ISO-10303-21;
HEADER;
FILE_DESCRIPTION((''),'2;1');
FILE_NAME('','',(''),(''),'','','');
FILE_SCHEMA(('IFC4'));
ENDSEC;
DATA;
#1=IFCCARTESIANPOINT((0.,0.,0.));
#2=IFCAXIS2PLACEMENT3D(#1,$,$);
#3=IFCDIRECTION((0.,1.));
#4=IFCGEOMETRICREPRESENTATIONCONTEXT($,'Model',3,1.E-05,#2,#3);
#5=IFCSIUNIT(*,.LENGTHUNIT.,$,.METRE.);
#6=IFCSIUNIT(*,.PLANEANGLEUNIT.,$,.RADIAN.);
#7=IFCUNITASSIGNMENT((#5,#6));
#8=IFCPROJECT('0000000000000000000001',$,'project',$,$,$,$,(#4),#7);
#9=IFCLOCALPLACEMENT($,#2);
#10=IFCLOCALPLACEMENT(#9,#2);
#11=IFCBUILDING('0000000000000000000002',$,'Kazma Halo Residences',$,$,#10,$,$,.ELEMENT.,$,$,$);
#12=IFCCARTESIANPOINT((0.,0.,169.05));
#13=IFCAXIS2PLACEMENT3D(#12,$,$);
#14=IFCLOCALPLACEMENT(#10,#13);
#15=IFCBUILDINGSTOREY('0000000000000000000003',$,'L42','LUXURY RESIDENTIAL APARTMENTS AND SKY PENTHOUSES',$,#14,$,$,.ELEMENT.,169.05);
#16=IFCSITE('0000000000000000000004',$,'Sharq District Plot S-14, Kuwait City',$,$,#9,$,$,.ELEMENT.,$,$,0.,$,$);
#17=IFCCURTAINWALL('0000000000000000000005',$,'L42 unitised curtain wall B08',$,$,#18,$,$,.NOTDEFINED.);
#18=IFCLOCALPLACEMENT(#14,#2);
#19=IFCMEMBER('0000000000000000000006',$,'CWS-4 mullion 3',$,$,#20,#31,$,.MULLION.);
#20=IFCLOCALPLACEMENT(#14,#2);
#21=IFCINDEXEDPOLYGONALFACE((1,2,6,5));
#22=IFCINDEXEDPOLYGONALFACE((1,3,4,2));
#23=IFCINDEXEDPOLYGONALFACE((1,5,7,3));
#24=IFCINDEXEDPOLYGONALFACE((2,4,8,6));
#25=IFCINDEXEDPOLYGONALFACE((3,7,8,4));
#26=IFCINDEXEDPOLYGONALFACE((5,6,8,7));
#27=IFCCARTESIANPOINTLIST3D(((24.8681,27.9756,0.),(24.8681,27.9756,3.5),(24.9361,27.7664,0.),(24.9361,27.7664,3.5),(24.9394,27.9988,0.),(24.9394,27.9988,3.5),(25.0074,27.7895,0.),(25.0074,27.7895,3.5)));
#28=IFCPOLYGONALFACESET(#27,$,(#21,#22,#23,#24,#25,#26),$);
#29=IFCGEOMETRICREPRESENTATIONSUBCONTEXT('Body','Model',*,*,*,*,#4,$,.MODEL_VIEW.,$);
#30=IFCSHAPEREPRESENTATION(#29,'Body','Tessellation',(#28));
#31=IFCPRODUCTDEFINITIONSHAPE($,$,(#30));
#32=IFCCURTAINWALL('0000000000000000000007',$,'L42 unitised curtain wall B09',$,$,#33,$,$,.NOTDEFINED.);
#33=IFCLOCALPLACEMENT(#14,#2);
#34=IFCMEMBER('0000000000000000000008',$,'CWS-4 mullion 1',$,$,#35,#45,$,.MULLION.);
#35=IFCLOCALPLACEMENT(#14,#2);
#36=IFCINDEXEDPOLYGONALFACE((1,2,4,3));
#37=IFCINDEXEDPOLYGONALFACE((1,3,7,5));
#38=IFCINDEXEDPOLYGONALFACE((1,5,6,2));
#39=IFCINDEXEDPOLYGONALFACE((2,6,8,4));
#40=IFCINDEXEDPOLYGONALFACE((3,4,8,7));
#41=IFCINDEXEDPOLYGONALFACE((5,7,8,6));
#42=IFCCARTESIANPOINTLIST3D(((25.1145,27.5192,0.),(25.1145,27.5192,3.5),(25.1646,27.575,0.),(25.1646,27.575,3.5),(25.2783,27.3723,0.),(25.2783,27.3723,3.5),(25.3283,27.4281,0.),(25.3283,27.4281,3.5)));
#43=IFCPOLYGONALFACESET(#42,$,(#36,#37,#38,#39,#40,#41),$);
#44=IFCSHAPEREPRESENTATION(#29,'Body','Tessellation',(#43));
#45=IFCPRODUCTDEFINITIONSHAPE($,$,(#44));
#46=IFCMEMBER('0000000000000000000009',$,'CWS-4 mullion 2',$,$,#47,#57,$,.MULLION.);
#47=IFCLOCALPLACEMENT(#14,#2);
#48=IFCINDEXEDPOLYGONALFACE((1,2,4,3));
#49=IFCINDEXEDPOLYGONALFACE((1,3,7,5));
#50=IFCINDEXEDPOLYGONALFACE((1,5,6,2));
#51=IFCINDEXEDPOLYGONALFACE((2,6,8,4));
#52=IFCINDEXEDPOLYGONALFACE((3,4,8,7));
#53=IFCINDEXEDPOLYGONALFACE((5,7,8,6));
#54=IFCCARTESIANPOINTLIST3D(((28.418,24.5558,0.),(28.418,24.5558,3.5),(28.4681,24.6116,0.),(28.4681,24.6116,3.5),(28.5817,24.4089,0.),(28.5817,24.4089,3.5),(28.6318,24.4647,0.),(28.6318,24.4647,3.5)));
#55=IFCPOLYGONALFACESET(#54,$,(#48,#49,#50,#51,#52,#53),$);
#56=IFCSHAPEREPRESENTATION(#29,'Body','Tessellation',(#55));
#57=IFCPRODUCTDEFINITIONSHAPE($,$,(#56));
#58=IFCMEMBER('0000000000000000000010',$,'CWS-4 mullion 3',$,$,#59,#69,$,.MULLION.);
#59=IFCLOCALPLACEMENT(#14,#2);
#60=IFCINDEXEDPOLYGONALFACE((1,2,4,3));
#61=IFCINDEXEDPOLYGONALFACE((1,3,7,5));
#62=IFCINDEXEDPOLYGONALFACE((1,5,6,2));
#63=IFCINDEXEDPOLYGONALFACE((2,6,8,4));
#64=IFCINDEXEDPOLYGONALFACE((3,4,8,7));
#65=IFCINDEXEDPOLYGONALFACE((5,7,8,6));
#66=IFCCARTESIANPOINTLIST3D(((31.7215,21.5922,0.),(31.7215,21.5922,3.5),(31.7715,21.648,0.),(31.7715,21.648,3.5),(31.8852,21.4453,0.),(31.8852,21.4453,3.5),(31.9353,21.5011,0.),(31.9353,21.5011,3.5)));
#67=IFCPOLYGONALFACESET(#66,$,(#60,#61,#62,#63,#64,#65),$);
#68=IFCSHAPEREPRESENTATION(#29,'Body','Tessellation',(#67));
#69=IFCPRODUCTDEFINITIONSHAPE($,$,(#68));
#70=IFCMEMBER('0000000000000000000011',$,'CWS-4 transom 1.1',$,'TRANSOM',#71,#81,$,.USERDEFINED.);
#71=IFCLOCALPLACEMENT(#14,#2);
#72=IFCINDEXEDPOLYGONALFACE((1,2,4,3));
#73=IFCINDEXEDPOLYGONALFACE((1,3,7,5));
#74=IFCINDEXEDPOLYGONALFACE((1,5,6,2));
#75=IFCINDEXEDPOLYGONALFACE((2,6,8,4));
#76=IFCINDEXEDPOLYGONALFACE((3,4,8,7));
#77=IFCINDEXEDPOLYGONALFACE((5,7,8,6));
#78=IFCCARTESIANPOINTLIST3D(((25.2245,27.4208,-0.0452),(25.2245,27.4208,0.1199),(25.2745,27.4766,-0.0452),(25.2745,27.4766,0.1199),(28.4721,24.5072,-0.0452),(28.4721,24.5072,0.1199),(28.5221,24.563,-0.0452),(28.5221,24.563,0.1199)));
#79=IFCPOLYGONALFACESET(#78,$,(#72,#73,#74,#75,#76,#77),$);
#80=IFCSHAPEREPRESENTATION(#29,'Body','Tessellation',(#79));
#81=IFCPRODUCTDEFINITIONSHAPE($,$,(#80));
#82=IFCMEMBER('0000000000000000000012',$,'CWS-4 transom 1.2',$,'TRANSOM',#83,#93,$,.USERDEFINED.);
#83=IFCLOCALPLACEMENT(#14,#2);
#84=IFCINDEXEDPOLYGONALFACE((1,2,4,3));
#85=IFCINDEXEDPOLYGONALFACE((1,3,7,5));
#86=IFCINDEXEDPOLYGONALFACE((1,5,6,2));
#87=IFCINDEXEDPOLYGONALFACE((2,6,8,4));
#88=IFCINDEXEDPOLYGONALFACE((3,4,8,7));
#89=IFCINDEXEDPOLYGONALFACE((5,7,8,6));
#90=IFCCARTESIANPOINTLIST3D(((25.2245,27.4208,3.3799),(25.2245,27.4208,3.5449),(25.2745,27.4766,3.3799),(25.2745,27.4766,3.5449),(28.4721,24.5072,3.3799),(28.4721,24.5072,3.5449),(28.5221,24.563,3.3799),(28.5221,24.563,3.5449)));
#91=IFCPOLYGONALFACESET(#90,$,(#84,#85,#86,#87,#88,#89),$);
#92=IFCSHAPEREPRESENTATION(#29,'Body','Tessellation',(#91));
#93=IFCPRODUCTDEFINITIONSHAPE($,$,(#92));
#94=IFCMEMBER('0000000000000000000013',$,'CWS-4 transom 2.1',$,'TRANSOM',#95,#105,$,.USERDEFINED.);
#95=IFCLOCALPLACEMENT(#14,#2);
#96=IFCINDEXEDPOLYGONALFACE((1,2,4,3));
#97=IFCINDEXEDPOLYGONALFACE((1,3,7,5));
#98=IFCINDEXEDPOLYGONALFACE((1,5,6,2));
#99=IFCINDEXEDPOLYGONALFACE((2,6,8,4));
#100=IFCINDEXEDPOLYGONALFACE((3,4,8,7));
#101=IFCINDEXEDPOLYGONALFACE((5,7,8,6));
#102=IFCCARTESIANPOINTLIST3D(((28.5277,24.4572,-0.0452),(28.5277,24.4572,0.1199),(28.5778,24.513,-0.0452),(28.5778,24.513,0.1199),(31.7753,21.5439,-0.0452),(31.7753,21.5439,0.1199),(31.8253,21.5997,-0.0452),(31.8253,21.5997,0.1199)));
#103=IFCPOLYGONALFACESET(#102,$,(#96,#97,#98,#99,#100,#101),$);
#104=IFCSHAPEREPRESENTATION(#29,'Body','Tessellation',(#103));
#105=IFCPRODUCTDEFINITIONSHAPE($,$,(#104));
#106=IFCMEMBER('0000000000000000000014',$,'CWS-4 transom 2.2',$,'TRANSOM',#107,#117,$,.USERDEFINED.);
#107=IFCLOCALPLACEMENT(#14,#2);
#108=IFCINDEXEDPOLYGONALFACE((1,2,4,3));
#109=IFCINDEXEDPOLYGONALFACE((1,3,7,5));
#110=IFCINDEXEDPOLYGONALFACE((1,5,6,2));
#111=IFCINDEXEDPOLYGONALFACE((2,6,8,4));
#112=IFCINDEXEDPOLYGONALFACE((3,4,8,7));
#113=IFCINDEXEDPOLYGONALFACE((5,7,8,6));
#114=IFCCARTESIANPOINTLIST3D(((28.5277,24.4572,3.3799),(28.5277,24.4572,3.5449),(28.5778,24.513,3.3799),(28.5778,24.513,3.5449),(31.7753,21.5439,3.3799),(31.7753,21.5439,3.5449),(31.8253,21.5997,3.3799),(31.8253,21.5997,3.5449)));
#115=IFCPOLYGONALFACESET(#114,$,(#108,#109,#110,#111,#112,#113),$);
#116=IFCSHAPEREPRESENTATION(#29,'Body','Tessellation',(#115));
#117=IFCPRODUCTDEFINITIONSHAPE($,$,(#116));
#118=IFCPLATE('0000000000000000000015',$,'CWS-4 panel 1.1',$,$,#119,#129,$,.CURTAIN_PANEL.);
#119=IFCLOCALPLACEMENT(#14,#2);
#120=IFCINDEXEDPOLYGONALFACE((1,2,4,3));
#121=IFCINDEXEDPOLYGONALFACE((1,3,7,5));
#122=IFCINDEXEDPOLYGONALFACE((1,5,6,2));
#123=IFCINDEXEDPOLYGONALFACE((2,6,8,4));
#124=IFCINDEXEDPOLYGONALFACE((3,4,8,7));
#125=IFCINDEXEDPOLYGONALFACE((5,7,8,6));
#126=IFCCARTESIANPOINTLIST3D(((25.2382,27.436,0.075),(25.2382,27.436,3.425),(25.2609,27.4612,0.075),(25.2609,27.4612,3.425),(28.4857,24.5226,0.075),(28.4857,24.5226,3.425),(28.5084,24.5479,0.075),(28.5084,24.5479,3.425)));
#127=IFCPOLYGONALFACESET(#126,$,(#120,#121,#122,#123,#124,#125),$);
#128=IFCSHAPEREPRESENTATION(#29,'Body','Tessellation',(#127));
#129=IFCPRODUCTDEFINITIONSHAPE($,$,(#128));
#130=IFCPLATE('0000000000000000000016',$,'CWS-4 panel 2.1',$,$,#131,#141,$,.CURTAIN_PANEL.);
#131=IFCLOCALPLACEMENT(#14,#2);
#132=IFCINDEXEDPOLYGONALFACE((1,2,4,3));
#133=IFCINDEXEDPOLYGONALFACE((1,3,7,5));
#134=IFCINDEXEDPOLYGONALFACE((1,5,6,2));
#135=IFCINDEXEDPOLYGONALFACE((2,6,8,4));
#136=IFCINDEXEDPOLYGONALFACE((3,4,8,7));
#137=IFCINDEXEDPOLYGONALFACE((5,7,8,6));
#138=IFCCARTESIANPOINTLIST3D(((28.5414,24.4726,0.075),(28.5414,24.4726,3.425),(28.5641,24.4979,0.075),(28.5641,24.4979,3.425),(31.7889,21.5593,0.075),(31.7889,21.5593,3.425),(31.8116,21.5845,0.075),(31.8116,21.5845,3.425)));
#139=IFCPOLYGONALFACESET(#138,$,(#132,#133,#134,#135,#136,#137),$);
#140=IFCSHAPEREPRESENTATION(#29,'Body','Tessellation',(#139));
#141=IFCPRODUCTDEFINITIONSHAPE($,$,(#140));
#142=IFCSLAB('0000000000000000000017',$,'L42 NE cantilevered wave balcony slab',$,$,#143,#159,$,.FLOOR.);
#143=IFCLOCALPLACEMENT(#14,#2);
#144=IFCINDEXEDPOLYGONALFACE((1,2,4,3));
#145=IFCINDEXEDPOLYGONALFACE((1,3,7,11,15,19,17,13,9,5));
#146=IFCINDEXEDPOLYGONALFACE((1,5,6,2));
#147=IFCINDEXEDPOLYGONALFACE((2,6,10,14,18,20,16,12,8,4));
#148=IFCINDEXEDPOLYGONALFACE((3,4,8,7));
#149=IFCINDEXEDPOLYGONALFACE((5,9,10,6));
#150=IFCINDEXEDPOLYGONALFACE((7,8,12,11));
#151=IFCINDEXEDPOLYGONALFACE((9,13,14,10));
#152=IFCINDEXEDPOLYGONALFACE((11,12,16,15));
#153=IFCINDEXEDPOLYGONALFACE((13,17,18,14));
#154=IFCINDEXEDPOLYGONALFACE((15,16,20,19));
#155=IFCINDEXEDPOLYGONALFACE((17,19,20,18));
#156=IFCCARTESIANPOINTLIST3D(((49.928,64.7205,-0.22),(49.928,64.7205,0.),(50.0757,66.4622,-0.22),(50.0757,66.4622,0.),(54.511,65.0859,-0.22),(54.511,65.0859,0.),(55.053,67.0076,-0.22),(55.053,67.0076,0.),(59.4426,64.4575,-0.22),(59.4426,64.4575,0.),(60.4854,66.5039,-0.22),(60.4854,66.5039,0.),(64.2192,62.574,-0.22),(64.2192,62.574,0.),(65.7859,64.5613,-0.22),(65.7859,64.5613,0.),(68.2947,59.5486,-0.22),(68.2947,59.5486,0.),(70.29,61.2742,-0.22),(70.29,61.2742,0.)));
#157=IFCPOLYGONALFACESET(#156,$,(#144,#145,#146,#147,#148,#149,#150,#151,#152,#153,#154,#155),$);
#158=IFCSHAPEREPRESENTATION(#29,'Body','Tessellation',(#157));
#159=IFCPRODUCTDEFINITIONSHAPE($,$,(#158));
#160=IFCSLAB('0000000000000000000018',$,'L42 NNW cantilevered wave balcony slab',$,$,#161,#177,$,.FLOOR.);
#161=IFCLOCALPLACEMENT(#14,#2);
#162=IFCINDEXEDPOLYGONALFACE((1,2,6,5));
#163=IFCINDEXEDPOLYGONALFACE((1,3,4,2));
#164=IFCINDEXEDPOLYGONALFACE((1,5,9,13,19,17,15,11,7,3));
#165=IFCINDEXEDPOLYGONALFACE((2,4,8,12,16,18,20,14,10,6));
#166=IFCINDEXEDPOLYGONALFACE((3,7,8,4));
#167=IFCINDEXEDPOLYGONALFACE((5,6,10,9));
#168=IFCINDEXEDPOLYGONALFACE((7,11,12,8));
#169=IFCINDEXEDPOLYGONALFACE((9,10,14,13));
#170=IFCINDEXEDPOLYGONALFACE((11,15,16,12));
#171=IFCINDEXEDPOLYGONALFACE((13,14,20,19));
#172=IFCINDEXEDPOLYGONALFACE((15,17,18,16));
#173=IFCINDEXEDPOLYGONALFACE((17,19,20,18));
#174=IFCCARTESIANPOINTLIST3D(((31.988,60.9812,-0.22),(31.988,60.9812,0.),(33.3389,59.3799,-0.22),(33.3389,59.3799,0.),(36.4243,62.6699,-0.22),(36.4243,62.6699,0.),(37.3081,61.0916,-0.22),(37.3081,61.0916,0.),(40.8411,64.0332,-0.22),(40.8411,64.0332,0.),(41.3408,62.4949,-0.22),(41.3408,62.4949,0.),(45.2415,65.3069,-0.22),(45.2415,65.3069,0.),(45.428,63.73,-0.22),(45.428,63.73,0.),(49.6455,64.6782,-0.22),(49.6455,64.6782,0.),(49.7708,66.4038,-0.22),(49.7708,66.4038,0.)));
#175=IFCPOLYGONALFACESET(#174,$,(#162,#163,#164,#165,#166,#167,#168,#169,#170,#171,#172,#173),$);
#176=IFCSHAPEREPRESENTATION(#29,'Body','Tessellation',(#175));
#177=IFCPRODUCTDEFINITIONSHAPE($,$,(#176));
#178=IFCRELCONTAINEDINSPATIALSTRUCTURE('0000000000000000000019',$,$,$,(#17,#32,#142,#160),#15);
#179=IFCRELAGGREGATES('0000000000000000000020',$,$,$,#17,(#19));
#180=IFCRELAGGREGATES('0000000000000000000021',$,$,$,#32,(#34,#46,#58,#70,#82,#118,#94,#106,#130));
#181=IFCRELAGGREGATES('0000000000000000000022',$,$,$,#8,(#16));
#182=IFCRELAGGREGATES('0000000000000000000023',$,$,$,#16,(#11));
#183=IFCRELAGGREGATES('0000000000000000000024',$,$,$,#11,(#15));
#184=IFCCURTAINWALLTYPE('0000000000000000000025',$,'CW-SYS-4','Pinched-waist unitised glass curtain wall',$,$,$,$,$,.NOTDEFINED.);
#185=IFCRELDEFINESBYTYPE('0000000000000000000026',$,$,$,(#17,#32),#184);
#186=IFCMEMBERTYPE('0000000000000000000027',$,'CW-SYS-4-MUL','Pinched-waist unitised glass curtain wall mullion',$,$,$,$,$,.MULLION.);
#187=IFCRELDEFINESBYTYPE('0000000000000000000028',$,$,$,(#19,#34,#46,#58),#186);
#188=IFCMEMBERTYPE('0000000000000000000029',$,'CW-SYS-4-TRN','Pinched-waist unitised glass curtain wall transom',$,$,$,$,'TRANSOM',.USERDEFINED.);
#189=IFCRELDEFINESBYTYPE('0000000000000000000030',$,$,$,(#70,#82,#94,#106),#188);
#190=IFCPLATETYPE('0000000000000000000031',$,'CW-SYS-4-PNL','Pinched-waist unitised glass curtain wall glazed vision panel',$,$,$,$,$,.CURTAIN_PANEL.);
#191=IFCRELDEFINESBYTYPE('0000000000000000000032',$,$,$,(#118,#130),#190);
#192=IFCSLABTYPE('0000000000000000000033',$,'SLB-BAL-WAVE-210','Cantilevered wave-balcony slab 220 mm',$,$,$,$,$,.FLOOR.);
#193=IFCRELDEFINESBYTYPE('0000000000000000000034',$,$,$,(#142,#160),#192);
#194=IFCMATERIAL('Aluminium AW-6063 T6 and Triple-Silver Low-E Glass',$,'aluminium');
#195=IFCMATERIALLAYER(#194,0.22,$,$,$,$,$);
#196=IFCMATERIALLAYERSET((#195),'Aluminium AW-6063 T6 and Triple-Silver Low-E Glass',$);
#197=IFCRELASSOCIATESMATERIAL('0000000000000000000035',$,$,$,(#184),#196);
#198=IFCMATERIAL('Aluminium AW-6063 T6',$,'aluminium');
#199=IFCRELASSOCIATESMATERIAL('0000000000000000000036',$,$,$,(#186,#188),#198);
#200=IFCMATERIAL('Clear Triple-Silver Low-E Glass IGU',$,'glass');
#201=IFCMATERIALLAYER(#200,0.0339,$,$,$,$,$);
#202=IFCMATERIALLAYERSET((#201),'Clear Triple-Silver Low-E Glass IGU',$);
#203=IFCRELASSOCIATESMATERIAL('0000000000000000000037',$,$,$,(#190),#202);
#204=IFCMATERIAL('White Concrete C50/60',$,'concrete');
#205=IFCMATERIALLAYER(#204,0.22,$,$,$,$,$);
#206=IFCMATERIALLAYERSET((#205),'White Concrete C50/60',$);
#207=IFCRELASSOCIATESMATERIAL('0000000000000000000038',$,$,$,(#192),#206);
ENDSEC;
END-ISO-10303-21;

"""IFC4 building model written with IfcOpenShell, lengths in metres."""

from ifc_helpers import new_model, si_unit, direction, frame, origin, origin_2d, place, context, subcontext, project, spatial, polyline, rectangle, outline, extrude, material, layer, layer_set, material_profile, profile_set, type_object, element, aggregate, save


model = new_model("IFC4")

# Units and contexts
model_context = context("Model", 3, precision=1e-05, world=origin(), true_north=direction((0.0, 1.0)))
body_context = subcontext(model_context, "Body", "Model", "MODEL_VIEW")
ifc_project = project(units=[si_unit("LENGTHUNIT", "METRE"), si_unit("PLANEANGLEUNIT", "RADIAN")], contexts=[model_context])

# Site, building, storey
site_placement = place(None, origin())
site = spatial("IfcSite", under=ifc_project, at=site_placement, Name="Sharq District Plot S-14, Kuwait City", CompositionType="ELEMENT", RefElevation=0.0)
building_placement = place(site_placement, origin())
building = spatial("IfcBuilding", under=site, at=building_placement, Name="Kazma Halo Residences", CompositionType="ELEMENT")
storey_placement = place(building_placement, frame((0.0, 0.0, 169.05)))
storey = spatial("IfcBuildingStorey", under=building, at=storey_placement, Name="L42", Description="LUXURY RESIDENTIAL APARTMENTS AND SKY PENTHOUSES", CompositionType="ELEMENT", Elevation=169.05)

# Curtain wall, member
ifc_material_1 = material(Name="Aluminium AW-6063 T6 and Triple-Silver Low-E Glass", Category="aluminium")
ifc_layer_1 = layer(ifc_material_1, 0.22)
ifc_layer_set_1 = layer_set([ifc_layer_1], Name="Aluminium AW-6063 T6 and Triple-Silver Low-E Glass")
curtain_wall_type = type_object("IfcCurtainWallType", Name="CW-SYS-4", Description="Pinched-waist unitised glass curtain wall", PredefinedType="NOTDEFINED", material=ifc_layer_set_1)
curtain_wall_1_placement = place(storey_placement, origin())
curtain_wall_1 = element("IfcCurtainWall", 1, at=curtain_wall_1_placement, inside=storey, type_object=curtain_wall_type, Name="L42 unitised curtain wall B08", PredefinedType="NOTDEFINED")
ifc_material_2 = material(Name="Aluminium AW-6063 T6", Category="aluminium")
ifc_material_profile_1 = material_profile(ifc_material_2, rectangle(XDim=0.075, YDim=0.22, at=origin_2d()), Name="CWM-75x220")
ifc_profile_set_1 = profile_set([ifc_material_profile_1], Name="Aluminium AW-6063 T6")
member_type_1 = type_object("IfcMemberType", Name="CW-SYS-4-MUL", Description="Pinched-waist unitised glass curtain wall mullion", PredefinedType="MULLION", material=ifc_profile_set_1)
member_1_placement = place(storey_placement, frame((24.9377, 27.8826, 0.0), z_axis=(0.0, 0.0, 1.0), x_axis=(0.951058, 0.309014, 0.0)))
member_1 = element("IfcMember", 2, at=member_1_placement, type_object=member_type_1, Name="CWS-4 mullion 3", PredefinedType="MULLION", context=body_context, shape_type="SweptSolid", body=[
    extrude(rectangle(XDim=0.075, YDim=0.22, at=origin_2d()), origin(), (0.0, 0.0, 1.0), 3.5),
])
aggregate(curtain_wall_1, [member_1])

# Curtain wall, members, plates
curtain_wall_2_placement = place(storey_placement, origin())
curtain_wall_2 = element("IfcCurtainWall", 3, at=curtain_wall_2_placement, inside=storey, type_object=curtain_wall_type, Name="L42 unitised curtain wall B09", PredefinedType="NOTDEFINED")
member_2_placement = place(storey_placement, frame((25.2214, 27.4736, 0.0), z_axis=(0.0, 0.0, 1.0), x_axis=(0.66777, 0.744368, 0.0)))
member_2 = element("IfcMember", 4, at=member_2_placement, type_object=member_type_1, Name="CWS-4 mullion 1", PredefinedType="MULLION", context=body_context, shape_type="SweptSolid", body=[
    extrude(rectangle(XDim=0.075, YDim=0.22, at=origin_2d()), origin(), (0.0, 0.0, 1.0), 3.5),
])
member_3_placement = place(storey_placement, frame((28.5249, 24.5103, 0.0), z_axis=(0.0, 0.0, 1.0), x_axis=(0.66777, 0.744368, 0.0)))
member_3 = element("IfcMember", 5, at=member_3_placement, type_object=member_type_1, Name="CWS-4 mullion 2", PredefinedType="MULLION", context=body_context, shape_type="SweptSolid", body=[
    extrude(rectangle(XDim=0.075, YDim=0.22, at=origin_2d()), origin(), (0.0, 0.0, 1.0), 3.5),
])
member_4_placement = place(storey_placement, frame((31.8284, 21.5466, 0.0), z_axis=(0.0, 0.0, 1.0), x_axis=(0.66777, 0.744368, 0.0)))
member_4 = element("IfcMember", 6, at=member_4_placement, type_object=member_type_1, Name="CWS-4 mullion 3", PredefinedType="MULLION", context=body_context, shape_type="SweptSolid", body=[
    extrude(rectangle(XDim=0.075, YDim=0.22, at=origin_2d()), origin(), (0.0, 0.0, 1.0), 3.5),
])
ifc_material_profile_2 = material_profile(ifc_material_2, rectangle(XDim=0.075, YDim=0.165, at=origin_2d()), Name="CWT-75x165")
ifc_profile_set_2 = profile_set([ifc_material_profile_2], Name="Aluminium AW-6063 T6")
member_type_2 = type_object("IfcMemberType", Name="CW-SYS-4-TRN", Description="Pinched-waist unitised glass curtain wall transom", ElementType="TRANSOM", PredefinedType="USERDEFINED", material=ifc_profile_set_2)
member_5_placement = place(storey_placement, frame((25.2495, 27.4487, 0.0374), z_axis=(0.744345, -0.667795, 0.0), x_axis=(0.667795, 0.744345, 0.0)))
member_5 = element("IfcMember", 7, at=member_5_placement, type_object=member_type_2, Name="CWS-4 transom 1.1", ObjectType="TRANSOM", PredefinedType="USERDEFINED", context=body_context, shape_type="SweptSolid", body=[
    extrude(rectangle(XDim=0.075, YDim=0.165, at=origin_2d()), origin(), (0.0, 0.0, 1.0), 4.363),
])
member_6_placement = place(storey_placement, frame((25.2495, 27.4487, 3.4624), z_axis=(0.744345, -0.667795, 0.0), x_axis=(0.667795, 0.744345, 0.0)))
member_6 = element("IfcMember", 8, at=member_6_placement, type_object=member_type_2, Name="CWS-4 transom 1.2", ObjectType="TRANSOM", PredefinedType="USERDEFINED", context=body_context, shape_type="SweptSolid", body=[
    extrude(rectangle(XDim=0.075, YDim=0.165, at=origin_2d()), origin(), (0.0, 0.0, 1.0), 4.363),
])
member_7_placement = place(storey_placement, frame((28.5527, 24.4851, 0.0374), z_axis=(0.744373, -0.667764, 0.0), x_axis=(0.667764, 0.744373, 0.0)))
member_7 = element("IfcMember", 9, at=member_7_placement, type_object=member_type_2, Name="CWS-4 transom 2.1", ObjectType="TRANSOM", PredefinedType="USERDEFINED", context=body_context, shape_type="SweptSolid", body=[
    extrude(rectangle(XDim=0.075, YDim=0.165, at=origin_2d()), origin(), (0.0, 0.0, 1.0), 4.3628),
])
member_8_placement = place(storey_placement, frame((28.5527, 24.4851, 3.4624), z_axis=(0.744373, -0.667764, 0.0), x_axis=(0.667764, 0.744373, 0.0)))
member_8 = element("IfcMember", 10, at=member_8_placement, type_object=member_type_2, Name="CWS-4 transom 2.2", ObjectType="TRANSOM", PredefinedType="USERDEFINED", context=body_context, shape_type="SweptSolid", body=[
    extrude(rectangle(XDim=0.075, YDim=0.165, at=origin_2d()), origin(), (0.0, 0.0, 1.0), 4.3628),
])
ifc_material_3 = material(Name="Clear Triple-Silver Low-E Glass IGU", Category="glass")
ifc_layer_2 = layer(ifc_material_3, 0.0339)
ifc_layer_set_2 = layer_set([ifc_layer_2], Name="Clear Triple-Silver Low-E Glass IGU")
plate_type = type_object("IfcPlateType", Name="CW-SYS-4-PNL", Description="Pinched-waist unitised glass curtain wall glazed vision panel", PredefinedType="CURTAIN_PANEL", material=ifc_layer_set_2)
plate_1_placement = place(storey_placement, frame((26.8733, 25.9919, 0.075), z_axis=(0.0, 0.0, 1.0), x_axis=(0.744368, -0.66777, 0.0)))
plate_1 = element("IfcPlate", 11, at=plate_1_placement, type_object=plate_type, Name="CWS-4 panel 1.1", PredefinedType="CURTAIN_PANEL", context=body_context, shape_type="SweptSolid", body=[
    extrude(rectangle(XDim=4.3628, YDim=0.0339, at=origin_2d()), origin(), (0.0, 0.0, 1.0), 3.3501),
])
plate_2_placement = place(storey_placement, frame((30.1765, 23.0286, 0.075), z_axis=(0.0, 0.0, 1.0), x_axis=(0.744368, -0.66777, 0.0)))
plate_2 = element("IfcPlate", 12, at=plate_2_placement, type_object=plate_type, Name="CWS-4 panel 2.1", PredefinedType="CURTAIN_PANEL", context=body_context, shape_type="SweptSolid", body=[
    extrude(rectangle(XDim=4.3628, YDim=0.0339, at=origin_2d()), origin(), (0.0, 0.0, 1.0), 3.3501),
])
aggregate(curtain_wall_2, [member_2, member_3, member_4, member_5, member_6, plate_1, member_7, member_8, plate_2])

# Slabs
ifc_material_4 = material(Name="White Concrete C50/60", Category="concrete")
ifc_layer_3 = layer(ifc_material_4, 0.22)
ifc_layer_set_3 = layer_set([ifc_layer_3], Name="White Concrete C50/60")
slab_type_1 = type_object("IfcSlabType", Name="SLB-BAL-WAVE-210", Description="Cantilevered wave-balcony slab 220 mm", PredefinedType="FLOOR", material=ifc_layer_set_3)
slab_1_placement = place(storey_placement, frame((0.0, 0.0, -0.22)))
element("IfcSlab", 13, at=slab_1_placement, inside=storey, type_object=slab_type_1, Name="L42 NE cantilevered wave balcony slab", PredefinedType="FLOOR", context=body_context, shape_type="SweptSolid", body=[
    extrude(outline(polyline([(68.2947, 59.5486), (64.2192, 62.574), (59.4426, 64.4575), (54.511, 65.0859), (49.928, 64.7205), (50.0757, 66.4622), (55.053, 67.0076), (60.4854, 66.5039), (65.7859, 64.5613), (70.29, 61.2742), (68.2947, 59.5486)])), origin(), (0.0, 0.0, 1.0), 0.22),
])
slab_2_placement = place(storey_placement, frame((0.0, 0.0, -0.22)))
element("IfcSlab", 14, at=slab_2_placement, inside=storey, type_object=slab_type_1, Name="L42 NNW cantilevered wave balcony slab", PredefinedType="FLOOR", context=body_context, shape_type="SweptSolid", body=[
    extrude(outline(polyline([(49.6455, 64.6782), (45.428, 63.73), (41.3408, 62.4949), (37.3081, 61.0916), (33.3389, 59.3799), (31.988, 60.9812), (36.4243, 62.6699), (40.8411, 64.0332), (45.2415, 65.3069), (49.7708, 66.4038), (49.6455, 64.6782)])), origin(), (0.0, 0.0, 1.0), 0.22),
])

save(model, "model.ifc")
